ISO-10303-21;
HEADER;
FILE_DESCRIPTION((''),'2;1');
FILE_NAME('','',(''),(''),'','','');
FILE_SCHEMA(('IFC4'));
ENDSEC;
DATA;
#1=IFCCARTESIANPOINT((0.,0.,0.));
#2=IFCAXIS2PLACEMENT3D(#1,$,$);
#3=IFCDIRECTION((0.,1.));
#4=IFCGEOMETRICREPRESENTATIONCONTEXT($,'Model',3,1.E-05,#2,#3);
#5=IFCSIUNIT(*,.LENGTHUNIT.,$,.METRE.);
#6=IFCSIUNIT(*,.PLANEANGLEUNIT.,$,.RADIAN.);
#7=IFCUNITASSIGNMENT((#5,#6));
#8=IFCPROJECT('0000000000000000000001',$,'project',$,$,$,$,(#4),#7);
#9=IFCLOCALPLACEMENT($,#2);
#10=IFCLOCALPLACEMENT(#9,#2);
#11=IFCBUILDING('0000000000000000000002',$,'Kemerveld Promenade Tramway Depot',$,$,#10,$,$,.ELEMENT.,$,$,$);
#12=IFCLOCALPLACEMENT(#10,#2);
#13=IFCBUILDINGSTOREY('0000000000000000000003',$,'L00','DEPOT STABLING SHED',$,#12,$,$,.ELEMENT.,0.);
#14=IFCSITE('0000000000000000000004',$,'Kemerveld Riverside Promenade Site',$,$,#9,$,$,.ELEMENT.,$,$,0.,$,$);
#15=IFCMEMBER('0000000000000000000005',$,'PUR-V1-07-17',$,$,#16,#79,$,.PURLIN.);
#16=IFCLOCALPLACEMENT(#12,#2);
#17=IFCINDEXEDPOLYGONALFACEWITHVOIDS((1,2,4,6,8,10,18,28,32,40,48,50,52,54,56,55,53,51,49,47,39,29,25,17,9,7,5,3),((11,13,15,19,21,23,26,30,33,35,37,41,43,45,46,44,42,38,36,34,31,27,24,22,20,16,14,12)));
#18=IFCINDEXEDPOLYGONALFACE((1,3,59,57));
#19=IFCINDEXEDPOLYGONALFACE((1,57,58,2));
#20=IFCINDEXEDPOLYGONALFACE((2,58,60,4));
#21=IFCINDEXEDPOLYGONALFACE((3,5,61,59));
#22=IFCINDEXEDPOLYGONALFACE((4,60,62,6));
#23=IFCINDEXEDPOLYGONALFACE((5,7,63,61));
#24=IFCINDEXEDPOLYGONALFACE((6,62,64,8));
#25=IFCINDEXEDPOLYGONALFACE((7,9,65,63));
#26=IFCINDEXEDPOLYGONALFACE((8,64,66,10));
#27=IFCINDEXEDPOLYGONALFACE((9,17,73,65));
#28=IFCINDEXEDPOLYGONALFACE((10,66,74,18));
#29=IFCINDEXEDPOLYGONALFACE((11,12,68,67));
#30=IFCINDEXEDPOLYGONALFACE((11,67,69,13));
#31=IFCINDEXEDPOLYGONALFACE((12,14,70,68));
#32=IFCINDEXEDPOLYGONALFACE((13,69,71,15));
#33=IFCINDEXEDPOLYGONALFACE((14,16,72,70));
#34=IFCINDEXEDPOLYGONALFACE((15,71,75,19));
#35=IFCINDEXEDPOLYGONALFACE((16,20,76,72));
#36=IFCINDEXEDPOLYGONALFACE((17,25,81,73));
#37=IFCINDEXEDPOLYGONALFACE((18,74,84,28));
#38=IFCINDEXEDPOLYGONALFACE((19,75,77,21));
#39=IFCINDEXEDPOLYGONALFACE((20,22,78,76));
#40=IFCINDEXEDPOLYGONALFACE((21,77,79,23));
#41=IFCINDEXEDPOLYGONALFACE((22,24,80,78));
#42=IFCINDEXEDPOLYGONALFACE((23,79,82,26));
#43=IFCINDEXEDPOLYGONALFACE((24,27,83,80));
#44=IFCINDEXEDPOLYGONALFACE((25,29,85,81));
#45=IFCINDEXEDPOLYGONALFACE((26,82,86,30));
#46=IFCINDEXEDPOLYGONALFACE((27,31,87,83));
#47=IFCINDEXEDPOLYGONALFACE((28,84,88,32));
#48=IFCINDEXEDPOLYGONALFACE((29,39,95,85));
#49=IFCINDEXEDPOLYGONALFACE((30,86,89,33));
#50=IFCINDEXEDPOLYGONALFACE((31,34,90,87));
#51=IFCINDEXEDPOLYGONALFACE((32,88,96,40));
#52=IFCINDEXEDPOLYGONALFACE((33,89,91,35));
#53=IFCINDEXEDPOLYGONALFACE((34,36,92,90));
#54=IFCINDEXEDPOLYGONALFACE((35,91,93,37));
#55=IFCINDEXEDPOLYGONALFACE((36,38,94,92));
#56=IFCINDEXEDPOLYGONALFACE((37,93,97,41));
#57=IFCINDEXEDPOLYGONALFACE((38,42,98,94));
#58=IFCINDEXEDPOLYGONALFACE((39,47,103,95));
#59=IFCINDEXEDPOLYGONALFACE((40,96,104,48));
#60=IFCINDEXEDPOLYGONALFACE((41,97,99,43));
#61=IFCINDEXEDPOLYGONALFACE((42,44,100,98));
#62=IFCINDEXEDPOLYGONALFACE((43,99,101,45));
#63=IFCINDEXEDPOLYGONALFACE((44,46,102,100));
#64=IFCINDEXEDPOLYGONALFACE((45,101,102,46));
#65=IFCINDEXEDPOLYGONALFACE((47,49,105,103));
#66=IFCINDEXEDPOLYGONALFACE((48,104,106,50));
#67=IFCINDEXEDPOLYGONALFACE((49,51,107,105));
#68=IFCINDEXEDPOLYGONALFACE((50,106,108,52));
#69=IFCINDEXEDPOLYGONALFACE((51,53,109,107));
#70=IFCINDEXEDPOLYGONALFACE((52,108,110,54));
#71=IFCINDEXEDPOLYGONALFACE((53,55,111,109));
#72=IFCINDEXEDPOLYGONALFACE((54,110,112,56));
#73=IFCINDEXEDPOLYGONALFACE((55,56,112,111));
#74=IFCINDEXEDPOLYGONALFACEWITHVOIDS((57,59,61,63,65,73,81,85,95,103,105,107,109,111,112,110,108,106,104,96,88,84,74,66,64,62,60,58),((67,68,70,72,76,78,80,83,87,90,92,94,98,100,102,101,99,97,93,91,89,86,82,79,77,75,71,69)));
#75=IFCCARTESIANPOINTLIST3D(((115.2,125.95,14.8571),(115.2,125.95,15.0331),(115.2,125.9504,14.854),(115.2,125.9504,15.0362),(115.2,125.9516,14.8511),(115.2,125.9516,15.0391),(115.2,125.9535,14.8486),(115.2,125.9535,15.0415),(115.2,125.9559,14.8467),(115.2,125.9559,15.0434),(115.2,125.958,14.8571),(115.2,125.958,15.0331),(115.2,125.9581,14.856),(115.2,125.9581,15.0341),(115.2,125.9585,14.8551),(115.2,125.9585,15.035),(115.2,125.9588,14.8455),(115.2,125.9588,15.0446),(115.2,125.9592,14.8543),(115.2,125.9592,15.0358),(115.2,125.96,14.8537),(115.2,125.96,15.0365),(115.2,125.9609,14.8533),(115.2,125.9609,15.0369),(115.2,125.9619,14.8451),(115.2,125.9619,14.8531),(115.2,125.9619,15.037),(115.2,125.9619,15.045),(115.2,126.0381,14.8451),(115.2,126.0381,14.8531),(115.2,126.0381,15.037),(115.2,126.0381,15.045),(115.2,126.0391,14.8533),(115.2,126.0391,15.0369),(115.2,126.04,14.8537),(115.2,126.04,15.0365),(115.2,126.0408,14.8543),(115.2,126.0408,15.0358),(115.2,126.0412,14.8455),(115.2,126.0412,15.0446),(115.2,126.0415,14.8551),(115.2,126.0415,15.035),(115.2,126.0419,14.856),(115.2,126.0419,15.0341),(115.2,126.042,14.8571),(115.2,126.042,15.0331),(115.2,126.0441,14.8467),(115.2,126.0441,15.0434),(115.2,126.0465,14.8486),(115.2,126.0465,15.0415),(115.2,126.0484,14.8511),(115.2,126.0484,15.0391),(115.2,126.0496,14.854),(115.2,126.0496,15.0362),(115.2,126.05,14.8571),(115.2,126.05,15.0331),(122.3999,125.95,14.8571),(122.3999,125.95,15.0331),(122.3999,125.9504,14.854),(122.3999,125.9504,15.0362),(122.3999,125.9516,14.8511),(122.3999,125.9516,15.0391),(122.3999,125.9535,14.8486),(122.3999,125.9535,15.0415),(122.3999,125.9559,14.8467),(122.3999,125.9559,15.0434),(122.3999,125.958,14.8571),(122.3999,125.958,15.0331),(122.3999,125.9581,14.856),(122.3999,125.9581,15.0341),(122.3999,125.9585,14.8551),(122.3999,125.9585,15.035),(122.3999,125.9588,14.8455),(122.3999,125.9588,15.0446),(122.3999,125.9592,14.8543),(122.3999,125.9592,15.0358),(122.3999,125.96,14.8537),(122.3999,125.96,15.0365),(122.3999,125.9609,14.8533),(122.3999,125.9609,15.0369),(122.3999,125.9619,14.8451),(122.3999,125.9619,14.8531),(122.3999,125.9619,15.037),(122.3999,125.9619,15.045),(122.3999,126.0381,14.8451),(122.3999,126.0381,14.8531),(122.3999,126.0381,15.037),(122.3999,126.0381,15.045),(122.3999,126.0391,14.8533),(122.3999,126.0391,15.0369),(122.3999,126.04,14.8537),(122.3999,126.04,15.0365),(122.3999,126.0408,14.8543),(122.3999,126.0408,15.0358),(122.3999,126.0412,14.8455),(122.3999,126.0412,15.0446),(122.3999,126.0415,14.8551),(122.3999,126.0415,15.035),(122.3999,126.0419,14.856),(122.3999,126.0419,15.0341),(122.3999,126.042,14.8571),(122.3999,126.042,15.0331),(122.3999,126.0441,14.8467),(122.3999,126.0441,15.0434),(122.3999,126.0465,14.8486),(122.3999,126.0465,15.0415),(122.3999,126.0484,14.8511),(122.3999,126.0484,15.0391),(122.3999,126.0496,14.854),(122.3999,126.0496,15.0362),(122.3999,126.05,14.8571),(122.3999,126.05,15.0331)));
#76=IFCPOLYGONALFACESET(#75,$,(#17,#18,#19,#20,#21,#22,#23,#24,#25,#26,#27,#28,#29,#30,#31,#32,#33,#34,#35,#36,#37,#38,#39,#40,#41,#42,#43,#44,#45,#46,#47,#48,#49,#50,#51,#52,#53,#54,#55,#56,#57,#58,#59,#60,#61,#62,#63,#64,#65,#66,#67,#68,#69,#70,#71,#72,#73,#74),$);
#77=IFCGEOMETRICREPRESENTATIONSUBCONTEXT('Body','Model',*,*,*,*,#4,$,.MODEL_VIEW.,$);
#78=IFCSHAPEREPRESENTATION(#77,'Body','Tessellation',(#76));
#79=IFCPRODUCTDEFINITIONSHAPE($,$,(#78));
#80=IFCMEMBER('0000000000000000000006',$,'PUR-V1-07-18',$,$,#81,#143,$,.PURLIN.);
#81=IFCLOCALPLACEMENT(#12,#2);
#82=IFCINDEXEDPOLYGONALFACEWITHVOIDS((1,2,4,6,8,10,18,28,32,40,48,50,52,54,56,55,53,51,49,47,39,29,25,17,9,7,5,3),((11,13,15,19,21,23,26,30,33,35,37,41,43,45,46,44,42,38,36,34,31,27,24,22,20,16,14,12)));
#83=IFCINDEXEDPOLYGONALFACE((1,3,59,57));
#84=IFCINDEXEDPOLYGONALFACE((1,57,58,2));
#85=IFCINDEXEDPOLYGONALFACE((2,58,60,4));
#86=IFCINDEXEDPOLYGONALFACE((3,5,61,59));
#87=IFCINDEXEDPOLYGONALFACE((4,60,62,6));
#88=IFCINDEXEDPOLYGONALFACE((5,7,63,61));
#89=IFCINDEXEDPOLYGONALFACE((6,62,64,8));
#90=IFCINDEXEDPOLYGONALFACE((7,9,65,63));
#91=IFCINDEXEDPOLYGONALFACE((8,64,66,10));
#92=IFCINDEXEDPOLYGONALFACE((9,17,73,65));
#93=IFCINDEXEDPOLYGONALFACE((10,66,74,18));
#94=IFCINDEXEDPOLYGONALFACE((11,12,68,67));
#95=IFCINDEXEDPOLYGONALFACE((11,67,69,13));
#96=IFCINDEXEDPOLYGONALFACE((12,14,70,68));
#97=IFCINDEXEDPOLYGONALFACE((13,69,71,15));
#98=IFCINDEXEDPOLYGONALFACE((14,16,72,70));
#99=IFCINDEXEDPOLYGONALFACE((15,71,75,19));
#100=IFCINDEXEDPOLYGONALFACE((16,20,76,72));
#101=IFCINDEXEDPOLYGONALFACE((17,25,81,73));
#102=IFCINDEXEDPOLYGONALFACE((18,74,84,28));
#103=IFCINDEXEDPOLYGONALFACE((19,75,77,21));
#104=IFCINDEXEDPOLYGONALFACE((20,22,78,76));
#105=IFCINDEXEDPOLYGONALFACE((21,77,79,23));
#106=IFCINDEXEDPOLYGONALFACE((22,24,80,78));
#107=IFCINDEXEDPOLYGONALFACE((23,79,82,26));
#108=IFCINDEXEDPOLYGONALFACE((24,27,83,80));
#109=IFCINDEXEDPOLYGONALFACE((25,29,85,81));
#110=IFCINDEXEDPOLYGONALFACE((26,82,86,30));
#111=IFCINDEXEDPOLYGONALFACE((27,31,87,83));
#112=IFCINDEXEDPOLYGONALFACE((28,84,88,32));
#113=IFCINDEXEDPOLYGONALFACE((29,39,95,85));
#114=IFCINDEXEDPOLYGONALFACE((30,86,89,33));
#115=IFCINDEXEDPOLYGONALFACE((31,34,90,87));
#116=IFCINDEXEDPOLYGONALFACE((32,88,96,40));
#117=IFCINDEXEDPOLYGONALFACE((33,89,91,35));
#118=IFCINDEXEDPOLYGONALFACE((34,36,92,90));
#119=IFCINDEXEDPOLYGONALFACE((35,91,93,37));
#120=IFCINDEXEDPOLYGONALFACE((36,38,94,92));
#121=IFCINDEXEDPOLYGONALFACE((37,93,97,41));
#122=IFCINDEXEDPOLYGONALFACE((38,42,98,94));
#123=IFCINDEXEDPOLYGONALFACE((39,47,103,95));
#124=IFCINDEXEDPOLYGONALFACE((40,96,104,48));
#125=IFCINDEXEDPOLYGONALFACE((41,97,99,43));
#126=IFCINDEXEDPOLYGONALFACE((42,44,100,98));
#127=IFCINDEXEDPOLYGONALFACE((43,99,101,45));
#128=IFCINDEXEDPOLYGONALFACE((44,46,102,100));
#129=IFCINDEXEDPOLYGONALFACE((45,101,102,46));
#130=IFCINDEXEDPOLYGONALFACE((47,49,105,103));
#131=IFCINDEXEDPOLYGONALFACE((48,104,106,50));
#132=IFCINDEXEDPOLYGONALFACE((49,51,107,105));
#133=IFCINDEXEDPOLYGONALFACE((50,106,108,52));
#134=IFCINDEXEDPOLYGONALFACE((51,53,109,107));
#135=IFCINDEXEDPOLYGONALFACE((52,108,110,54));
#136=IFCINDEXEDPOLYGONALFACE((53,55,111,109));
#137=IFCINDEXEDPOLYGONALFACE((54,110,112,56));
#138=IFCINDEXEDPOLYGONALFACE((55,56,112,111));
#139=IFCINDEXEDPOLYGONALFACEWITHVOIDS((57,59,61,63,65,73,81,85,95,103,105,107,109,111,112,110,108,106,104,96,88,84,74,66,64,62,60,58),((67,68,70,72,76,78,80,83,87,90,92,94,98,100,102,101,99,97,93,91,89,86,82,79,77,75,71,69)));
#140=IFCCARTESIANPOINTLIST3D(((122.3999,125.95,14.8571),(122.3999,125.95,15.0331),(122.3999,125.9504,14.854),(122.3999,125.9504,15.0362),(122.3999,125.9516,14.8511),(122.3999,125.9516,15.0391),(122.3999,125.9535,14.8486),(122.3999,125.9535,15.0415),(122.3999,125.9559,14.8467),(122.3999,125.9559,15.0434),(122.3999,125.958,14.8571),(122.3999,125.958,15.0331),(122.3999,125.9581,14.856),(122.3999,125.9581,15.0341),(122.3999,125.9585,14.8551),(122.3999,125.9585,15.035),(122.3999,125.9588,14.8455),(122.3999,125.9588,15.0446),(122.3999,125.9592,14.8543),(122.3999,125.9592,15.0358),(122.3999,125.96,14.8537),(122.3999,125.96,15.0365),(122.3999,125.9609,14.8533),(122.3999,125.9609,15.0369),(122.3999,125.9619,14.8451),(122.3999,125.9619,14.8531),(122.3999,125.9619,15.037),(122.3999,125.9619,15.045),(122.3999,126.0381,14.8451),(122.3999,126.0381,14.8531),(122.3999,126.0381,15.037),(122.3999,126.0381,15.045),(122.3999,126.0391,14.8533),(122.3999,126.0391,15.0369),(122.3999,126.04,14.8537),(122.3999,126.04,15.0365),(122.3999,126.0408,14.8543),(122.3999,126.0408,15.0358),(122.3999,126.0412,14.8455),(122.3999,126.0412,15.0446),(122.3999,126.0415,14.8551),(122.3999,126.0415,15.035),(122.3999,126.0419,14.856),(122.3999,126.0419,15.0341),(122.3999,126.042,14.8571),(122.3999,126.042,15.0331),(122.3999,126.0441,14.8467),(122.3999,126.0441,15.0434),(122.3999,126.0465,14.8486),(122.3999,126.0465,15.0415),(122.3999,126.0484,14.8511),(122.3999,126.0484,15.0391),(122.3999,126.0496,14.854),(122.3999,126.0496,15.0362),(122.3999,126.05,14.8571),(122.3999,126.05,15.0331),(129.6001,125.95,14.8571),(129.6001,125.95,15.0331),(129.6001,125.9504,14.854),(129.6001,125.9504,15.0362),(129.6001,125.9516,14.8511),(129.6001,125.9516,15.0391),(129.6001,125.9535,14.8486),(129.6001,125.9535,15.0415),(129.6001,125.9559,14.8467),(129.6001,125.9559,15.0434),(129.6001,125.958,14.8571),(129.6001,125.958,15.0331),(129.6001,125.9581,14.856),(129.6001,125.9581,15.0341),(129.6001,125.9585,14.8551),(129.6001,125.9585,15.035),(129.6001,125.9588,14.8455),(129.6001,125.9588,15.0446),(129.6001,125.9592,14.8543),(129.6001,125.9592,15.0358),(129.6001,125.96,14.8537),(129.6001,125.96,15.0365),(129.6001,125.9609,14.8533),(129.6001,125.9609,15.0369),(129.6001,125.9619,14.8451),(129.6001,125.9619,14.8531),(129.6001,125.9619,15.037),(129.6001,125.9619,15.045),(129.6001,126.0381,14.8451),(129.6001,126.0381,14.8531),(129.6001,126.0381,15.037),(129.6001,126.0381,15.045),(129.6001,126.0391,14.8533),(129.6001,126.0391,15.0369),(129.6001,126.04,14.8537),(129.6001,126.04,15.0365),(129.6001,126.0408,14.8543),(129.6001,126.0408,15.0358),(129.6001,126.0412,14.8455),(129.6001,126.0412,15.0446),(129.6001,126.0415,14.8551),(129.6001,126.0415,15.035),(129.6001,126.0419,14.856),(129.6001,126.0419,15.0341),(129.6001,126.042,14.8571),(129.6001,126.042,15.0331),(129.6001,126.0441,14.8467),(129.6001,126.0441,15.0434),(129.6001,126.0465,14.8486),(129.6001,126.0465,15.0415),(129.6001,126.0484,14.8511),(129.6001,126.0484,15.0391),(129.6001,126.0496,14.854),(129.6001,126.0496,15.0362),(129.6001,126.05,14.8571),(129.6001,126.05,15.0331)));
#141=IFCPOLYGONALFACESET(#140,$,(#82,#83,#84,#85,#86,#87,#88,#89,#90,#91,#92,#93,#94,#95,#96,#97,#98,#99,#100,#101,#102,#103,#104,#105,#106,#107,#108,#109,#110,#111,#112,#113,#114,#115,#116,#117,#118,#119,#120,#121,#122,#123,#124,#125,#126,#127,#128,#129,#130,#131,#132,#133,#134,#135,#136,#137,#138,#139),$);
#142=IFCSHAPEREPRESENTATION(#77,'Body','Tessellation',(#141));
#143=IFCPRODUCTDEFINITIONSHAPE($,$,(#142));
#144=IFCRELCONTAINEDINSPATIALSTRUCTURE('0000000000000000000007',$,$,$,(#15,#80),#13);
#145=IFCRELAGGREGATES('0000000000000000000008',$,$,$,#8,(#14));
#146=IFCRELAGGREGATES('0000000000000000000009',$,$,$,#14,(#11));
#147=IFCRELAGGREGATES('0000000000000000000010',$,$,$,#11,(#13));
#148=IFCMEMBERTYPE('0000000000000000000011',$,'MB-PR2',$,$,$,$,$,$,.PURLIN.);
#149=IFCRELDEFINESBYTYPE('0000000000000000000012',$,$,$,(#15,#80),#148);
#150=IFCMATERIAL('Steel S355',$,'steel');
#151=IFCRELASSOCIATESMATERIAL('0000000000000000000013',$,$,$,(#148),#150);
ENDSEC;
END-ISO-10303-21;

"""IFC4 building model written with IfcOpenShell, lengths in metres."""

from ifc_helpers import new_model, si_unit, direction, frame, origin, origin_2d, place, context, subcontext, project, spatial, hollow_rectangle, extrude, material, material_profile, profile_set, type_object, element, save


model = new_model("IFC4")

# Units and contexts
model_context = context("Model", 3, precision=1e-05, world=origin(), true_north=direction((0.0, 1.0)))
body_context = subcontext(model_context, "Body", "Model", "MODEL_VIEW")
ifc_project = project(units=[si_unit("LENGTHUNIT", "METRE"), si_unit("PLANEANGLEUNIT", "RADIAN")], contexts=[model_context])

# Site, building, storey
site_placement = place(None, origin())
site = spatial("IfcSite", under=ifc_project, at=site_placement, Name="Kemerveld Riverside Promenade Site", CompositionType="ELEMENT", RefElevation=0.0)
building_placement = place(site_placement, origin())
building = spatial("IfcBuilding", under=site, at=building_placement, Name="Kemerveld Promenade Tramway Depot", CompositionType="ELEMENT")
storey_placement = place(building_placement, origin())
storey = spatial("IfcBuildingStorey", under=building, at=storey_placement, Name="L00", Description="DEPOT STABLING SHED", CompositionType="ELEMENT", Elevation=0.0)

# Members
ifc_material_1 = material(Name="Steel S355", Category="steel")
ifc_material_profile_1 = material_profile(ifc_material_1, hollow_rectangle(XDim=0.1001, YDim=0.2, WallThickness=0.0081, InnerFilletRadius=0.0039, OuterFilletRadius=0.012, at=origin_2d()), Name="200x100x8.0 RHS")
ifc_profile_set_1 = profile_set([ifc_material_profile_1], Name="Steel S355")
member_type_1 = type_object("IfcMemberType", Name="MB-PR2", PredefinedType="PURLIN", material=ifc_profile_set_1)
member_1_placement = place(storey_placement, frame((115.2, 126.0, 14.9451), z_axis=(1.0, 0.0, 0.0), x_axis=(0.0, 1.0, 0.0)))
element("IfcMember", 1, at=member_1_placement, inside=storey, type_object=member_type_1, Name="PUR-V1-07-17", PredefinedType="PURLIN", context=body_context, shape_type="SweptSolid", body=[
    extrude(hollow_rectangle(XDim=0.1001, YDim=0.2, WallThickness=0.0081, InnerFilletRadius=0.0039, OuterFilletRadius=0.012, at=origin_2d()), origin(), (0.0, 0.0, 1.0), 7.2),
])
member_2_placement = place(storey_placement, frame((122.3999, 126.0, 14.9451), z_axis=(1.0, 0.0, 0.0), x_axis=(0.0, 1.0, 0.0)))
element("IfcMember", 2, at=member_2_placement, inside=storey, type_object=member_type_1, Name="PUR-V1-07-18", PredefinedType="PURLIN", context=body_context, shape_type="SweptSolid", body=[
    extrude(hollow_rectangle(XDim=0.1001, YDim=0.2, WallThickness=0.0081, InnerFilletRadius=0.0039, OuterFilletRadius=0.012, at=origin_2d()), origin(), (0.0, 0.0, 1.0), 7.2002),
])

save(model, "model.ifc")
